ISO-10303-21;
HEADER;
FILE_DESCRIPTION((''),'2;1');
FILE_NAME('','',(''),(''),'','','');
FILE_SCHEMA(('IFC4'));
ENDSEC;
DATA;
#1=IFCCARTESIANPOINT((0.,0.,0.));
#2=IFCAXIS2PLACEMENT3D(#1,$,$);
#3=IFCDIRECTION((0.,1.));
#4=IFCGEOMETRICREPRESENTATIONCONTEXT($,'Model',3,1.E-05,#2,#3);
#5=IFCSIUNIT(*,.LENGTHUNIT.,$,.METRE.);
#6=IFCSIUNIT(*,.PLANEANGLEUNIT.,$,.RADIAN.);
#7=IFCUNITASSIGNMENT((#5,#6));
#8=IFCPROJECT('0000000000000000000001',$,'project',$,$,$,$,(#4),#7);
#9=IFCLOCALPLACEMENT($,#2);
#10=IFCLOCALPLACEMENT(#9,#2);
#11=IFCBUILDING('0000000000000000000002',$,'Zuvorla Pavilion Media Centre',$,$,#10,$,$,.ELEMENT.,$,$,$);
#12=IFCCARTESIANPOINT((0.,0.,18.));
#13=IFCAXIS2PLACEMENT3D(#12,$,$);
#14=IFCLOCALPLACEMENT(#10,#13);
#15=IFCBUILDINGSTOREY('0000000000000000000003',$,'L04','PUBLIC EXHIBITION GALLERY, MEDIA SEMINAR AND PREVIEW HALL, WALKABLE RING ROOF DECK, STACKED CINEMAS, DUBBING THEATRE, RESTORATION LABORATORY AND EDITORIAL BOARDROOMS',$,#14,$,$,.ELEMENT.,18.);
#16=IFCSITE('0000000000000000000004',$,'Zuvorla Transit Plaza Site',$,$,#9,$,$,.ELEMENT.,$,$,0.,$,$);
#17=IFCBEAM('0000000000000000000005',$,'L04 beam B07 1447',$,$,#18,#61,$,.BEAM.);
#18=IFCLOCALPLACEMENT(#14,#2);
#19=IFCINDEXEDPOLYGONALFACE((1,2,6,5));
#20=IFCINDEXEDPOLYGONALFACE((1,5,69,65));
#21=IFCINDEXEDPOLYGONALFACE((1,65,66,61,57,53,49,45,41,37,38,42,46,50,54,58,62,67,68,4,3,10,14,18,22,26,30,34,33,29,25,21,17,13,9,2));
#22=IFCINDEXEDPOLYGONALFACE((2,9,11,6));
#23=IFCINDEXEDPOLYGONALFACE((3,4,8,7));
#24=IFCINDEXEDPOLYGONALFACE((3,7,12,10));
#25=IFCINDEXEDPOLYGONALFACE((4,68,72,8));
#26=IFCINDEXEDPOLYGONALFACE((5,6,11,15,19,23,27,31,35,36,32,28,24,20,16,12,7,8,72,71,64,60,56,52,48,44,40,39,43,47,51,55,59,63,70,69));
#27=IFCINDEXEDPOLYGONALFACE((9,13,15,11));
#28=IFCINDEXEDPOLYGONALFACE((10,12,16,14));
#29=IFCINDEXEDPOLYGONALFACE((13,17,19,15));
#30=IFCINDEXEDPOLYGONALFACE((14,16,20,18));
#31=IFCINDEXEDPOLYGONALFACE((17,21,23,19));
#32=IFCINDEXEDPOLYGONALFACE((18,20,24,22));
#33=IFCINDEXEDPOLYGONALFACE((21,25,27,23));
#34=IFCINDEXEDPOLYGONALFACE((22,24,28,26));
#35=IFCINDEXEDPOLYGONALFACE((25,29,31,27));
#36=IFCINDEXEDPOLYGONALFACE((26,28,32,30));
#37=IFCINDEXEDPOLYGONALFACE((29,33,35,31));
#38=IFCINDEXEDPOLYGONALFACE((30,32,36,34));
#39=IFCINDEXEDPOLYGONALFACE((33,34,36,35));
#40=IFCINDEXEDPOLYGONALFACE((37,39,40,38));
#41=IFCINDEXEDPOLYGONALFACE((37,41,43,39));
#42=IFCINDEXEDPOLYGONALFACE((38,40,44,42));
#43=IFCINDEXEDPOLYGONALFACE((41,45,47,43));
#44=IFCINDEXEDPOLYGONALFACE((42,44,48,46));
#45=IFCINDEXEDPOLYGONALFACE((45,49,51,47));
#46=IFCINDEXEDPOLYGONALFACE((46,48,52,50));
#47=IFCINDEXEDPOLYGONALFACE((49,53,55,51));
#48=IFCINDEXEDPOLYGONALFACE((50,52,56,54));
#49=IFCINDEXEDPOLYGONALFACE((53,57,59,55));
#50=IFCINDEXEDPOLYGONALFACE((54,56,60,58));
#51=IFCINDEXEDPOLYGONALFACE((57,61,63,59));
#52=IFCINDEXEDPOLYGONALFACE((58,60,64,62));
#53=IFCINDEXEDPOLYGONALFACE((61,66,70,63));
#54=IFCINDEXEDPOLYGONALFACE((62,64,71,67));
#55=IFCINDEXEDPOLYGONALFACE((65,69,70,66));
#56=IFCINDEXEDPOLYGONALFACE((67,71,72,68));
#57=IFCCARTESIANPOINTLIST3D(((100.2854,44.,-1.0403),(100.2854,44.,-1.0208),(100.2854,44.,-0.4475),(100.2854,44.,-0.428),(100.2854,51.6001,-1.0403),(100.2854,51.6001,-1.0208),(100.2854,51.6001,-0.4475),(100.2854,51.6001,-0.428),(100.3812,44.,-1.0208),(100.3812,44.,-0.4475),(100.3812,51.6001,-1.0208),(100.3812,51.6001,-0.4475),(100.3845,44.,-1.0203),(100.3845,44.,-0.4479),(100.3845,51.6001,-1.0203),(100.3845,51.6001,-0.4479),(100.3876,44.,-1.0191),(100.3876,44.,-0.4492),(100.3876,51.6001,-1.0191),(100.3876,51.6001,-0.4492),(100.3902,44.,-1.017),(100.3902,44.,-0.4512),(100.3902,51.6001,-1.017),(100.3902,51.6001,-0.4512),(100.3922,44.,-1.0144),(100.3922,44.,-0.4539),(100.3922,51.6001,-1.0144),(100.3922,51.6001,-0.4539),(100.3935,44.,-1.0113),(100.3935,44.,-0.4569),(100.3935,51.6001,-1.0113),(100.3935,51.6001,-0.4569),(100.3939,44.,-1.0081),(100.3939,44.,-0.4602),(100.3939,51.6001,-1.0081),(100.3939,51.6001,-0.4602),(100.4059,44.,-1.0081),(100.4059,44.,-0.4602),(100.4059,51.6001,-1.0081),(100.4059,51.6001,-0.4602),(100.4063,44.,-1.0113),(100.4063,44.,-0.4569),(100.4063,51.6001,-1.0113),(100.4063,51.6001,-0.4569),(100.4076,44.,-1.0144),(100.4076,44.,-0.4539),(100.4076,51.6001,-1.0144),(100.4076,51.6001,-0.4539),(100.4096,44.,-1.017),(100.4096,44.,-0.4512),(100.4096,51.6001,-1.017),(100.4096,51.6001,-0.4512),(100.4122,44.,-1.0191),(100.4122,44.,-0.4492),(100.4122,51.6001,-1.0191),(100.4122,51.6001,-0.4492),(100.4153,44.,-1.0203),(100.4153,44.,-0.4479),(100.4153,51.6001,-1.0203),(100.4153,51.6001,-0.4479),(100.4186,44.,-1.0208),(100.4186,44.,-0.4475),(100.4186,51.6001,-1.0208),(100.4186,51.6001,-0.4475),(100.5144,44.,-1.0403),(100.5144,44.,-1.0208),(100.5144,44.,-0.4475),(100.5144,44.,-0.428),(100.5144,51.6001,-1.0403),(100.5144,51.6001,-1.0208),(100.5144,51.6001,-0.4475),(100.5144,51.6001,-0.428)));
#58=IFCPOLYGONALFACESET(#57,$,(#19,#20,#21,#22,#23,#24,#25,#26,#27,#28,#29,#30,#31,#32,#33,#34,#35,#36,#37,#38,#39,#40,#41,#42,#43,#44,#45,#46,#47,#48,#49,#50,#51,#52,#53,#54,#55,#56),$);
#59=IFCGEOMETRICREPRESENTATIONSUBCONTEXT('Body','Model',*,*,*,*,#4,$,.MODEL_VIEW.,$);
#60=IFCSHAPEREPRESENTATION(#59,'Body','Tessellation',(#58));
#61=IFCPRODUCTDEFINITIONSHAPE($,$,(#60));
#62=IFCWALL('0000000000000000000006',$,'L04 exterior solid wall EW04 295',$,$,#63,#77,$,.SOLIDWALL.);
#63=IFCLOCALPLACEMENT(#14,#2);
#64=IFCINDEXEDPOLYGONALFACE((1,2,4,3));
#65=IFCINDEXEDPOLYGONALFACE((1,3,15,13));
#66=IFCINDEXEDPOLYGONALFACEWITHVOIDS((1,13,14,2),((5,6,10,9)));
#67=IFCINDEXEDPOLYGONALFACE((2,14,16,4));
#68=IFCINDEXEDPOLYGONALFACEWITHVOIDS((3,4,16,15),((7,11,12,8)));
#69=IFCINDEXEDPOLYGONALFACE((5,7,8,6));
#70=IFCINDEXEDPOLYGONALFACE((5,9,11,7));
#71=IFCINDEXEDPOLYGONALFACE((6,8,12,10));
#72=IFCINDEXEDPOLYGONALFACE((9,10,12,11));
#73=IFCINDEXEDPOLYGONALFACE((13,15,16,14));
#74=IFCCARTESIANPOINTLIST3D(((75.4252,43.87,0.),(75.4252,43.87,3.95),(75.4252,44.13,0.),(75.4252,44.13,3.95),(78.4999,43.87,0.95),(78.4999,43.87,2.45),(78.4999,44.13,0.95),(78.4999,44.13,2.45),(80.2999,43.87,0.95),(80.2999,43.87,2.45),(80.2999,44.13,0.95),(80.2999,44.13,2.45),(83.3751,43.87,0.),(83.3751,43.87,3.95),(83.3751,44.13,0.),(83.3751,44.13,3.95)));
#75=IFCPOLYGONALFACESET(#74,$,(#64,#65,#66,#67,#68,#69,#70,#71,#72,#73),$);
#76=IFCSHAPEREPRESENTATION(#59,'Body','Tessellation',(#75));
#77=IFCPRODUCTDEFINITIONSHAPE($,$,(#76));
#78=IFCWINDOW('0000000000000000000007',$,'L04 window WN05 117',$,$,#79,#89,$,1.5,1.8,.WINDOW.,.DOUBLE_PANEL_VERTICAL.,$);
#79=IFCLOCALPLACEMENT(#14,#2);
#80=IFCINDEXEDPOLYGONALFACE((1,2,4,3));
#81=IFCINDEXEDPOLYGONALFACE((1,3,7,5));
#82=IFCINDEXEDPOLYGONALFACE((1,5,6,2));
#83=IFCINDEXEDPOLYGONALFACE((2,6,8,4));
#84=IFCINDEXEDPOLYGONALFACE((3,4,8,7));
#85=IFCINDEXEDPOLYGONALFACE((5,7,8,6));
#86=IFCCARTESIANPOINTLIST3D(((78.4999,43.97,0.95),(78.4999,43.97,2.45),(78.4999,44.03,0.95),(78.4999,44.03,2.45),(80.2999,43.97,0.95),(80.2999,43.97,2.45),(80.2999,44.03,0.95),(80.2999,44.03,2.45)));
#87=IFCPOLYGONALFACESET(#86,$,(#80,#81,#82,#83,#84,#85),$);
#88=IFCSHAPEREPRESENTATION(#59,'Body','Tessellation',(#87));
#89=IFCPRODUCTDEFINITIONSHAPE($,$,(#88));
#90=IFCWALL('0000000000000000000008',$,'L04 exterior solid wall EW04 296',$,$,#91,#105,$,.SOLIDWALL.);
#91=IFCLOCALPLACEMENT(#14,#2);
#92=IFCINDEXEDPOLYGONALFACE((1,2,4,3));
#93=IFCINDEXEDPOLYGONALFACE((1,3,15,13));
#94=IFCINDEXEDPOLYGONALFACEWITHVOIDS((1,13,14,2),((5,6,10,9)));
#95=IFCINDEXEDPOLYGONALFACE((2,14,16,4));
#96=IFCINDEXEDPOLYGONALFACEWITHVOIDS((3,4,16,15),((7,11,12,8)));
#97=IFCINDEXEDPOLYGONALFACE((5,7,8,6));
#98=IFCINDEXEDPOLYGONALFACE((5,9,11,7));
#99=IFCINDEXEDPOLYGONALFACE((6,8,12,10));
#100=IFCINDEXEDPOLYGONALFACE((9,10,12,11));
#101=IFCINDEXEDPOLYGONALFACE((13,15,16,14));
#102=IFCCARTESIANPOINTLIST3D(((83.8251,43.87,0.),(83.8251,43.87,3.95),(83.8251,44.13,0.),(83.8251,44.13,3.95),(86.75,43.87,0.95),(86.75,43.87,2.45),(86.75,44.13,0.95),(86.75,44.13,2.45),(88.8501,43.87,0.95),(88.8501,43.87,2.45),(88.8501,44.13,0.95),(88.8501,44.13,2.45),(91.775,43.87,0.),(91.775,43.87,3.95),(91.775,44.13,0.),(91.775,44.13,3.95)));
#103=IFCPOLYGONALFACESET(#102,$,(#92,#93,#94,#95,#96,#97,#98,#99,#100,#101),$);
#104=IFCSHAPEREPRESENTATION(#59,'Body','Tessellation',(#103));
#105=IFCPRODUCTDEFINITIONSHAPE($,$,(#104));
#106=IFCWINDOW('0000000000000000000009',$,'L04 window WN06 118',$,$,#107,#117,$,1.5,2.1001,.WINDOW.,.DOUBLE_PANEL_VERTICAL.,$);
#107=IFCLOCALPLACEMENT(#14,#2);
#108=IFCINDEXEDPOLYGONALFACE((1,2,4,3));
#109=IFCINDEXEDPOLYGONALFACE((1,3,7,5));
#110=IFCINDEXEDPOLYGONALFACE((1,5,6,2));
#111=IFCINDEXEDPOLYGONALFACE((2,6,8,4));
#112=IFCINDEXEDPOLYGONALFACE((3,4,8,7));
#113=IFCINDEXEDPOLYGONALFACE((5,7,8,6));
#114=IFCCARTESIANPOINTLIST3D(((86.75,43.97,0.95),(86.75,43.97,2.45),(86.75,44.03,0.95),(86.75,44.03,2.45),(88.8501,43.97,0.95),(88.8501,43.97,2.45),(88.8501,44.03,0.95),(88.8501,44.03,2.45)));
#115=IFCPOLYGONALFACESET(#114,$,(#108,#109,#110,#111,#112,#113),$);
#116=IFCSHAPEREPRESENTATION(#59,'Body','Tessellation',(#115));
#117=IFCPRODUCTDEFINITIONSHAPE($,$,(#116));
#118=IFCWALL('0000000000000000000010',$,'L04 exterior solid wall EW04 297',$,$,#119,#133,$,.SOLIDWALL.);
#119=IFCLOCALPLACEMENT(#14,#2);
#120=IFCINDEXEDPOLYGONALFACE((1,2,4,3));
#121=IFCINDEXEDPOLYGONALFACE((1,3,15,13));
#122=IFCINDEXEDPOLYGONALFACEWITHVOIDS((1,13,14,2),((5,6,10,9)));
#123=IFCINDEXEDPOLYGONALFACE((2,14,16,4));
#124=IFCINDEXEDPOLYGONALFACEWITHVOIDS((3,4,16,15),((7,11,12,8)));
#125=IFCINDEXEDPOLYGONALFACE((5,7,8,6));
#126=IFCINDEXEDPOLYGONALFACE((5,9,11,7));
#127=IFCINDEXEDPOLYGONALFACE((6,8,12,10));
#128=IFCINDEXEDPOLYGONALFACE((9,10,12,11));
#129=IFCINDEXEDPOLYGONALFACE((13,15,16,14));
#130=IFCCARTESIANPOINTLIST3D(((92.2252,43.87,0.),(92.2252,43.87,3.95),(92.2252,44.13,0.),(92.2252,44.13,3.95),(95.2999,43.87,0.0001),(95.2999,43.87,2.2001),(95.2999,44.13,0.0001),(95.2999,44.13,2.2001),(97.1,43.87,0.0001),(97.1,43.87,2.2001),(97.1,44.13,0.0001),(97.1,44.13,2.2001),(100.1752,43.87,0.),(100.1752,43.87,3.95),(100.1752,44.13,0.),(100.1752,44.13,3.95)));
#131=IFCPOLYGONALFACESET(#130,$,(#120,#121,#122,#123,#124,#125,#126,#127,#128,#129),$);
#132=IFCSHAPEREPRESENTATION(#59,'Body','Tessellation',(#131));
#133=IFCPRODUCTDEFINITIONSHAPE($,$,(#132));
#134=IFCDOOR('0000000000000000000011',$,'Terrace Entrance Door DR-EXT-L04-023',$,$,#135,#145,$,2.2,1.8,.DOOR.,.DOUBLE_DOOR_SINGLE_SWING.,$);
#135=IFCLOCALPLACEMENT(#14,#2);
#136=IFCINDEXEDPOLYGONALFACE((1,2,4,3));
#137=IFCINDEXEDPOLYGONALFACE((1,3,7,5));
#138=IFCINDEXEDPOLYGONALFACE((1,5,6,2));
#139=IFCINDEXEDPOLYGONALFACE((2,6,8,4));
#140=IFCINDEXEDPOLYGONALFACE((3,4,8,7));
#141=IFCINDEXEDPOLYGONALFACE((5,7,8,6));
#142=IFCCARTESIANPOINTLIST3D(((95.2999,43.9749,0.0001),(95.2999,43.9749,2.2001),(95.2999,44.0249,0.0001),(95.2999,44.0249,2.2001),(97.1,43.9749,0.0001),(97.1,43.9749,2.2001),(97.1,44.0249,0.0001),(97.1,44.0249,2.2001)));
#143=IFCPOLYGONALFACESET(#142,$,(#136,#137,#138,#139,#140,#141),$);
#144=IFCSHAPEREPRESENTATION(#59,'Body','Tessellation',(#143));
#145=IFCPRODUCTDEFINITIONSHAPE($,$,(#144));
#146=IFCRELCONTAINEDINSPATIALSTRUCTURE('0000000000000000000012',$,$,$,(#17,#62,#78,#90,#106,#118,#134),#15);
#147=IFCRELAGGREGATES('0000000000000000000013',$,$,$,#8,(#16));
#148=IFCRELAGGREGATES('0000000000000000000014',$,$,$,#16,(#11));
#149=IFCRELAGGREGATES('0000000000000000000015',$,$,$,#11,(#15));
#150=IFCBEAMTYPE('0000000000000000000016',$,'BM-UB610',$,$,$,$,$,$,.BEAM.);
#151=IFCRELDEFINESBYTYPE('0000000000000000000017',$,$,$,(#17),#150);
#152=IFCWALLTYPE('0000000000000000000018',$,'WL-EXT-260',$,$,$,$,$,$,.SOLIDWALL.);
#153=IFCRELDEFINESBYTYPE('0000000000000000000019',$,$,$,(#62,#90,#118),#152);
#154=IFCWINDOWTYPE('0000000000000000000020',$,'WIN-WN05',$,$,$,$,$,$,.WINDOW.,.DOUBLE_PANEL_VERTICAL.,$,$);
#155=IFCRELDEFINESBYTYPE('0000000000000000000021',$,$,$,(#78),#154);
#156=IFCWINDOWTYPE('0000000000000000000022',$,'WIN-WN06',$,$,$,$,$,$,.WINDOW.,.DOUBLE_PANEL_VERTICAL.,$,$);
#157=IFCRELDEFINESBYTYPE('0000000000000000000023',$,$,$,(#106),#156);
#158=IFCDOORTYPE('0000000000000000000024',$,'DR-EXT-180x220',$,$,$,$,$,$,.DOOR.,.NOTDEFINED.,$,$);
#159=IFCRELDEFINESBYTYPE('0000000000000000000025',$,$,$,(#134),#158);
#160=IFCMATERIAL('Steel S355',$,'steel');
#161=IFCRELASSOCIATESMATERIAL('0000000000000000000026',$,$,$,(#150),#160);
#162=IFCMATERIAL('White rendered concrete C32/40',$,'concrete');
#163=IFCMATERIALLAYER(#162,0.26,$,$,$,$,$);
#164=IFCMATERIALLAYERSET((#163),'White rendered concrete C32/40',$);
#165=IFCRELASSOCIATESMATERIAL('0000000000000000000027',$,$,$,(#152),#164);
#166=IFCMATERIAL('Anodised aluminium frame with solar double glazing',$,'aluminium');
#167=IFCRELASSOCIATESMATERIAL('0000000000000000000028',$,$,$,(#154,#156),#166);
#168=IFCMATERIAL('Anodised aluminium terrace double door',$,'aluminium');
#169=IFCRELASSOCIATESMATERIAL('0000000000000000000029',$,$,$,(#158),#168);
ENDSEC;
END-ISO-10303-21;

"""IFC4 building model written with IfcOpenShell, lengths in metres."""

from ifc_helpers import new_model, si_unit, direction, frame, frame_2d, origin, origin_2d, place, context, subcontext, project, spatial, rectangle, i_section, extrude, material, layer, layer_set, material_profile, profile_set, type_object, element, fill, save


model = new_model("IFC4")

# Units and contexts
model_context = context("Model", 3, precision=1e-05, world=origin(), true_north=direction((0.0, 1.0)))
body_context = subcontext(model_context, "Body", "Model", "MODEL_VIEW")
ifc_project = project(units=[si_unit("LENGTHUNIT", "METRE"), si_unit("PLANEANGLEUNIT", "RADIAN")], contexts=[model_context])

# Site, building, storey
site_placement = place(None, origin())
site = spatial("IfcSite", under=ifc_project, at=site_placement, Name="Zuvorla Transit Plaza Site", CompositionType="ELEMENT", RefElevation=0.0)
building_placement = place(site_placement, origin())
building = spatial("IfcBuilding", under=site, at=building_placement, Name="Zuvorla Pavilion Media Centre", CompositionType="ELEMENT")
storey_placement = place(building_placement, frame((0.0, 0.0, 18.0)))
storey = spatial("IfcBuildingStorey", under=building, at=storey_placement, Name="L04", Description="PUBLIC EXHIBITION GALLERY, MEDIA SEMINAR AND PREVIEW HALL, WALKABLE RING ROOF DECK, STACKED CINEMAS, DUBBING THEATRE, RESTORATION LABORATORY AND EDITORIAL BOARDROOMS", CompositionType="ELEMENT", Elevation=18.0)

# Beam
ifc_material_1 = material(Name="Steel S355", Category="steel")
ifc_material_profile_1 = material_profile(ifc_material_1, i_section(OverallWidth=0.229, OverallDepth=0.6123, WebThickness=0.012, FlangeThickness=0.0195, FilletRadius=0.0127, at=origin_2d()), Name="UB 610x229x125")
ifc_profile_set_1 = profile_set([ifc_material_profile_1], Name="Steel S355")
beam_type_1 = type_object("IfcBeamType", Name="BM-UB610", PredefinedType="BEAM", material=ifc_profile_set_1)
for number, where, z_axis, x_axis, name in (
    (1, (100.3999, 44.0, -0.7341), (0.0, 1.0, 0.0), (-1.0, 0.0, 0.0), "L04 beam B07 1447"),
):
    element("IfcBeam", number, at=place(storey_placement, frame(where, z_axis=z_axis, x_axis=x_axis)), inside=storey, type_object=beam_type_1, Name=name, PredefinedType="BEAM", context=body_context, shape_type="SweptSolid", body=[
        extrude(i_section(OverallWidth=0.229, OverallDepth=0.6123, WebThickness=0.012, FlangeThickness=0.0195, FilletRadius=0.0127, at=origin_2d()), origin(), (0.0, 0.0, 1.0), 7.6001),
    ])

# Walls, openings, windows
ifc_material_2 = material(Name="White rendered concrete C32/40", Category="concrete")
ifc_layer = layer(ifc_material_2, 0.26)
ifc_layer_set = layer_set([ifc_layer], Name="White rendered concrete C32/40")
wall_type = type_object("IfcWallType", Name="WL-EXT-260", PredefinedType="SOLIDWALL", material=ifc_layer_set)
wall_1_placement = place(storey_placement, frame((75.425, 44.0, 0.0), z_axis=(0.0, 0.0, 1.0), x_axis=(1.0, 0.0, 0.0)))
wall_1 = element("IfcWall", 2, at=wall_1_placement, inside=storey, type_object=wall_type, Name="L04 exterior solid wall EW04 295", PredefinedType="SOLIDWALL", context=body_context, shape_type="SweptSolid", body=[
    extrude(rectangle(XDim=7.95, YDim=0.26, at=frame_2d((3.9751, 0.0))), origin(), (0.0, 0.0, 1.0), 3.95),
])
opening_1_placement = place(wall_1_placement, frame((3.075, 0.0, 0.95)))
opening_1 = element("IfcOpeningElement", 3, at=opening_1_placement, cuts=wall_1, PredefinedType="OPENING", context=body_context, shape_type="SweptSolid", body=[
    extrude(rectangle(XDim=1.8, YDim=1.5, at=frame_2d((0.8999, 0.75))), frame((0.0, 0.1399, 0.0), z_axis=(0.0, -1.0, 0.0), x_axis=(1.0, 0.0, 0.0)), (0.0, 0.0, 1.0), 0.28),
])
ifc_material_3 = material(Name="Anodised aluminium frame with solar double glazing", Category="aluminium")
window_type_1 = type_object("IfcWindowType", Name="WIN-WN05", PartitioningType="DOUBLE_PANEL_VERTICAL", PredefinedType="WINDOW", material=ifc_material_3)
window_1_placement = place(opening_1_placement, origin())
window_1 = element("IfcWindow", 4, at=window_1_placement, inside=storey, type_object=window_type_1, Name="L04 window WN05 117", OverallHeight=1.5, OverallWidth=1.8, PartitioningType="DOUBLE_PANEL_VERTICAL", PredefinedType="WINDOW", context=body_context, shape_type="SweptSolid", body=[
    extrude(rectangle(XDim=1.8, YDim=1.5, at=frame_2d((0.8999, 0.75))), frame((0.0, 0.03, 0.0), z_axis=(0.0, -1.0, 0.0), x_axis=(1.0, 0.0, 0.0)), (0.0, 0.0, 1.0), 0.0601),
])
fill(opening_1, window_1)
wall_2_placement = place(storey_placement, frame((83.825, 44.0, 0.0), z_axis=(0.0, 0.0, 1.0), x_axis=(1.0, 0.0, 0.0)))
wall_2 = element("IfcWall", 5, at=wall_2_placement, inside=storey, type_object=wall_type, Name="L04 exterior solid wall EW04 296", PredefinedType="SOLIDWALL", context=body_context, shape_type="SweptSolid", body=[
    extrude(rectangle(XDim=7.95, YDim=0.26, at=frame_2d((3.9751, 0.0))), origin(), (0.0, 0.0, 1.0), 3.95),
])
opening_2_placement = place(wall_2_placement, frame((2.925, 0.0, 0.95)))
opening_2 = element("IfcOpeningElement", 6, at=opening_2_placement, cuts=wall_2, PredefinedType="OPENING", context=body_context, shape_type="SweptSolid", body=[
    extrude(rectangle(XDim=2.1001, YDim=1.5, at=frame_2d((1.05, 0.75))), frame((0.0, 0.1399, 0.0), z_axis=(0.0, -1.0, 0.0), x_axis=(1.0, 0.0, 0.0)), (0.0, 0.0, 1.0), 0.28),
])
window_type_2 = type_object("IfcWindowType", Name="WIN-WN06", PartitioningType="DOUBLE_PANEL_VERTICAL", PredefinedType="WINDOW", material=ifc_material_3)
window_2_placement = place(opening_2_placement, origin())
window_2 = element("IfcWindow", 7, at=window_2_placement, inside=storey, type_object=window_type_2, Name="L04 window WN06 118", OverallHeight=1.5, OverallWidth=2.1001, PartitioningType="DOUBLE_PANEL_VERTICAL", PredefinedType="WINDOW", context=body_context, shape_type="SweptSolid", body=[
    extrude(rectangle(XDim=2.1001, YDim=1.5, at=frame_2d((1.05, 0.75))), frame((0.0, 0.03, 0.0), z_axis=(0.0, -1.0, 0.0), x_axis=(1.0, 0.0, 0.0)), (0.0, 0.0, 1.0), 0.0601),
])
fill(opening_2, window_2)

# Wall, opening, door
wall_3_placement = place(storey_placement, frame((92.2251, 44.0, 0.0), z_axis=(0.0, 0.0, 1.0), x_axis=(1.0, 0.0, 0.0)))
wall_3 = element("IfcWall", 8, at=wall_3_placement, inside=storey, type_object=wall_type, Name="L04 exterior solid wall EW04 297", PredefinedType="SOLIDWALL", context=body_context, shape_type="SweptSolid", body=[
    extrude(rectangle(XDim=7.95, YDim=0.26, at=frame_2d((3.9751, 0.0))), origin(), (0.0, 0.0, 1.0), 3.95),
])
opening_3_placement = place(wall_3_placement, frame((3.075, 0.0, 0.0)))
opening_3 = element("IfcOpeningElement", 9, at=opening_3_placement, cuts=wall_3, PredefinedType="OPENING", context=body_context, shape_type="SweptSolid", body=[
    extrude(rectangle(XDim=1.8, YDim=2.2, at=frame_2d((0.8999, 1.1001))), frame((0.0, 0.1399, 0.0), z_axis=(0.0, -1.0, 0.0), x_axis=(1.0, 0.0, 0.0)), (0.0, 0.0, 1.0), 0.28),
])
ifc_material_4 = material(Name="Anodised aluminium terrace double door", Category="aluminium")
door_type_1 = type_object("IfcDoorType", Name="DR-EXT-180x220", OperationType="NOTDEFINED", PredefinedType="DOOR", material=ifc_material_4)
door_1_placement = place(opening_3_placement, origin())
door_1 = element("IfcDoor", 10, at=door_1_placement, inside=storey, type_object=door_type_1, Name="Terrace Entrance Door DR-EXT-L04-023", OperationType="DOUBLE_DOOR_SINGLE_SWING", OverallHeight=2.2, OverallWidth=1.8, PredefinedType="DOOR", context=body_context, shape_type="SweptSolid", body=[
    extrude(rectangle(XDim=1.8, YDim=2.2, at=frame_2d((0.8999, 1.1001))), frame((0.0, 0.0249, 0.0), z_axis=(0.0, -1.0, 0.0), x_axis=(1.0, 0.0, 0.0)), (0.0, 0.0, 1.0), 0.05),
])
fill(opening_3, door_1)

save(model, "model.ifc")
